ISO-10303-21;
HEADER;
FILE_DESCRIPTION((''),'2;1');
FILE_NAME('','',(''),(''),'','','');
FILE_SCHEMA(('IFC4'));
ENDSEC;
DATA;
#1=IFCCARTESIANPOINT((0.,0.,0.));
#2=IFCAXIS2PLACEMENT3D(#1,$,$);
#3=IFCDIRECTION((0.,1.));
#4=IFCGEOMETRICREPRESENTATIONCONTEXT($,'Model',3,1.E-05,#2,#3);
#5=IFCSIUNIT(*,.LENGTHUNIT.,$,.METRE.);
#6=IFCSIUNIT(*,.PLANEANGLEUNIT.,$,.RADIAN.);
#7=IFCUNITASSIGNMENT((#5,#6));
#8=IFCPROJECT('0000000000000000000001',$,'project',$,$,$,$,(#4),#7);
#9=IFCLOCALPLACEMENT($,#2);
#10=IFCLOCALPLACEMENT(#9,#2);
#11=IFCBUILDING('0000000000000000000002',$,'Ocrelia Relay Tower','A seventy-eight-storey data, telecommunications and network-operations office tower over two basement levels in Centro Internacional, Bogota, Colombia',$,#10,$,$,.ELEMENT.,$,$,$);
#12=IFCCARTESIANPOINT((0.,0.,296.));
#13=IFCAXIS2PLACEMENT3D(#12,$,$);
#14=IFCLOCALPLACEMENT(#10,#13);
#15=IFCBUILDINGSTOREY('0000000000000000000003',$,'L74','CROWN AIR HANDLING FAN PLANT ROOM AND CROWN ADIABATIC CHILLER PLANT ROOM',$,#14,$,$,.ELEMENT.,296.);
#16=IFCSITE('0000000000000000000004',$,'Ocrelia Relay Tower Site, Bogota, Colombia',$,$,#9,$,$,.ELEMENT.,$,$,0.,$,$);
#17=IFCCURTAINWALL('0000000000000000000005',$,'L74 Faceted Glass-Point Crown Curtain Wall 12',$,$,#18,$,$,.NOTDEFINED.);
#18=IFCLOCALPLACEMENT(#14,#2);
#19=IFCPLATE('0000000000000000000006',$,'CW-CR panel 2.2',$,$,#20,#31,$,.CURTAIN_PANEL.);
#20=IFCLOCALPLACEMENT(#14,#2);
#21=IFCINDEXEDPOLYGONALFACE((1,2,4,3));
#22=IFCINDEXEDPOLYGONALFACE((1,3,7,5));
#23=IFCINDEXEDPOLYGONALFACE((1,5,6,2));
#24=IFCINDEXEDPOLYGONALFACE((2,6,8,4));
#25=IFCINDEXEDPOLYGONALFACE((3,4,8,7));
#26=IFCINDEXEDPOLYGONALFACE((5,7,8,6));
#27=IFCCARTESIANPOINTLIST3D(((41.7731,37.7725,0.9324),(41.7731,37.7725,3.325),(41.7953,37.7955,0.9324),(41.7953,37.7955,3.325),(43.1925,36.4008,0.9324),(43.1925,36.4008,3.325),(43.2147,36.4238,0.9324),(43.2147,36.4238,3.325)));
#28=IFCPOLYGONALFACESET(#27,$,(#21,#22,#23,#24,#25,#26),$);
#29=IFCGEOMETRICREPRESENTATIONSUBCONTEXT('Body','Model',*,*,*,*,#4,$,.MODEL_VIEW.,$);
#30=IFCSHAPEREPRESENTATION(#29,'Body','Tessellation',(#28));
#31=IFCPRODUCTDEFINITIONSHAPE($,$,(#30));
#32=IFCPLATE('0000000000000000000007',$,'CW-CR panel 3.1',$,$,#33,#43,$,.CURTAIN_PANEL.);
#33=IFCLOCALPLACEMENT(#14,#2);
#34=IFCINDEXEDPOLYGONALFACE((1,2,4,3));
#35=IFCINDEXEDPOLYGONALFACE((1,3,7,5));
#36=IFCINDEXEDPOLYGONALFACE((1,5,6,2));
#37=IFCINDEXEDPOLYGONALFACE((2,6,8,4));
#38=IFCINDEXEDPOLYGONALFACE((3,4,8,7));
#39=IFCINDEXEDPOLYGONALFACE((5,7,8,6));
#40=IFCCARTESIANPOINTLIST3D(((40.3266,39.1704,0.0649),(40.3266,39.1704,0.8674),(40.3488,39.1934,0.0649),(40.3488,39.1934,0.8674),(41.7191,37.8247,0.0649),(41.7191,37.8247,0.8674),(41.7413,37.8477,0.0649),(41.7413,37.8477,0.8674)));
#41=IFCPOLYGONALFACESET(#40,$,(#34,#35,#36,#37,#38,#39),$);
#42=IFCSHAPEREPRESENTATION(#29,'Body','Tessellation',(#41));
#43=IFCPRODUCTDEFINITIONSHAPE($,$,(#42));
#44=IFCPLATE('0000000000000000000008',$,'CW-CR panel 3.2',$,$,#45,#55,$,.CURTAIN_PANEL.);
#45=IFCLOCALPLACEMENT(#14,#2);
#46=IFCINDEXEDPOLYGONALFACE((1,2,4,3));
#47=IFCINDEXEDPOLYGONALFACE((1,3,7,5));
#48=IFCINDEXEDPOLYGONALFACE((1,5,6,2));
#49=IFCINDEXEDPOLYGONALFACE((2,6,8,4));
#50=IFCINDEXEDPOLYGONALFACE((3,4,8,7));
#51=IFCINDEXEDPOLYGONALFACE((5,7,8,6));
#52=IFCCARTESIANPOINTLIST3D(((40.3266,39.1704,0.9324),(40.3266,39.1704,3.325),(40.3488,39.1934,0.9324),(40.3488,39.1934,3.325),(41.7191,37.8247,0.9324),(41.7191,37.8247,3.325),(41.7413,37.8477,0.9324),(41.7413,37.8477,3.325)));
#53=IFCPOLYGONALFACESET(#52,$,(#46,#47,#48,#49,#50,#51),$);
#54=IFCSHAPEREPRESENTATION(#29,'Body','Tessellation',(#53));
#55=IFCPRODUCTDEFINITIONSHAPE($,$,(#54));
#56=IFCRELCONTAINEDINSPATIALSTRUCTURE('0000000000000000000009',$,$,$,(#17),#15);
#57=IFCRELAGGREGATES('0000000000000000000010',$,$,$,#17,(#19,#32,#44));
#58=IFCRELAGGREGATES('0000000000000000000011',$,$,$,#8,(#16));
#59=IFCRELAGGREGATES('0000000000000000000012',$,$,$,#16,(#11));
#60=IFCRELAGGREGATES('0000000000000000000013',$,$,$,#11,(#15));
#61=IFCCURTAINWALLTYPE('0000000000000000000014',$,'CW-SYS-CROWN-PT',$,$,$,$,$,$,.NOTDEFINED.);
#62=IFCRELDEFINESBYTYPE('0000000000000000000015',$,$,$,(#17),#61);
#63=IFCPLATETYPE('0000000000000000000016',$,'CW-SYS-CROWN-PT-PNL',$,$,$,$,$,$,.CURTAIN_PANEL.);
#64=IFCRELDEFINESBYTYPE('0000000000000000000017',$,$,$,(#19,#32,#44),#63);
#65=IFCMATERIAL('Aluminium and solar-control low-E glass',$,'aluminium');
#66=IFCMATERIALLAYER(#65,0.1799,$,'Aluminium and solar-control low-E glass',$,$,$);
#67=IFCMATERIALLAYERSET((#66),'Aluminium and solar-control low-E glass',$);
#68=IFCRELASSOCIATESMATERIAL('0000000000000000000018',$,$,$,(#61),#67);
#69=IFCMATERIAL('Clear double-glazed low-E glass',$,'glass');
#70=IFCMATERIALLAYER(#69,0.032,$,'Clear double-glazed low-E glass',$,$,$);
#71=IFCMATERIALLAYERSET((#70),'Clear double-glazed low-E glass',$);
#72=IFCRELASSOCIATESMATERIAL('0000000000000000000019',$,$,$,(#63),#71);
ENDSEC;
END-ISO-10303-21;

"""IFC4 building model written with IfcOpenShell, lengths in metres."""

from ifc_helpers import new_model, si_unit, direction, frame, origin, origin_2d, place, context, subcontext, project, spatial, rectangle, extrude, material, layer, layer_set, type_object, element, aggregate, save


model = new_model("IFC4")

# Units and contexts
model_context = context("Model", 3, precision=1e-05, world=origin(), true_north=direction((0.0, 1.0)))
body_context = subcontext(model_context, "Body", "Model", "MODEL_VIEW")
ifc_project = project(units=[si_unit("LENGTHUNIT", "METRE"), si_unit("PLANEANGLEUNIT", "RADIAN")], contexts=[model_context])

# Site, building, storey
site_placement = place(None, origin())
site = spatial("IfcSite", under=ifc_project, at=site_placement, Name="Ocrelia Relay Tower Site, Bogota, Colombia", CompositionType="ELEMENT", RefElevation=0.0)
building_placement = place(site_placement, origin())
building = spatial("IfcBuilding", under=site, at=building_placement, Name="Ocrelia Relay Tower", Description="A seventy-eight-storey data, telecommunications and network-operations office tower over two basement levels in Centro Internacional, Bogota, Colombia", CompositionType="ELEMENT")
storey_placement = place(building_placement, frame((0.0, 0.0, 296.0)))
storey = spatial("IfcBuildingStorey", under=building, at=storey_placement, Name="L74", Description="CROWN AIR HANDLING FAN PLANT ROOM AND CROWN ADIABATIC CHILLER PLANT ROOM", CompositionType="ELEMENT", Elevation=296.0)

# Curtain wall
ifc_material_1 = material(Name="Aluminium and solar-control low-E glass", Category="aluminium")
ifc_layer_1 = layer(ifc_material_1, 0.1799, Name="Aluminium and solar-control low-E glass")
ifc_layer_set_1 = layer_set([ifc_layer_1], Name="Aluminium and solar-control low-E glass")
curtain_wall_type = type_object("IfcCurtainWallType", Name="CW-SYS-CROWN-PT", PredefinedType="NOTDEFINED", material=ifc_layer_set_1)
curtain_wall_1_placement = place(storey_placement, origin())
curtain_wall_1 = element("IfcCurtainWall", 1, at=curtain_wall_1_placement, inside=storey, type_object=curtain_wall_type, Name="L74 Faceted Glass-Point Crown Curtain Wall 12", PredefinedType="NOTDEFINED")

# Plates
ifc_material_2 = material(Name="Clear double-glazed low-E glass", Category="glass")
ifc_layer_2 = layer(ifc_material_2, 0.032, Name="Clear double-glazed low-E glass")
ifc_layer_set_2 = layer_set([ifc_layer_2], Name="Clear double-glazed low-E glass")
plate_type = type_object("IfcPlateType", Name="CW-SYS-CROWN-PT-PNL", PredefinedType="CURTAIN_PANEL", material=ifc_layer_set_2)
plate_1_placement = place(storey_placement, frame((42.4939, 37.0981, 0.9324), z_axis=(0.0, 0.0, 1.0), x_axis=(-0.719075, 0.694932, 0.0)))
plate_1 = element("IfcPlate", 2, at=plate_1_placement, type_object=plate_type, Name="CW-CR panel 2.2", PredefinedType="CURTAIN_PANEL", context=body_context, shape_type="SweptSolid", body=[
    extrude(rectangle(XDim=1.9739, YDim=0.032, at=origin_2d()), origin(), (0.0, 0.0, 1.0), 2.3926),
])
plate_2_placement = place(storey_placement, frame((41.0339, 38.509, 0.0649), z_axis=(0.0, 0.0, 1.0), x_axis=(-0.719075, 0.694932, 0.0)))
plate_2 = element("IfcPlate", 3, at=plate_2_placement, type_object=plate_type, Name="CW-CR panel 3.1", PredefinedType="CURTAIN_PANEL", context=body_context, shape_type="SweptSolid", body=[
    extrude(rectangle(XDim=1.9365, YDim=0.032, at=origin_2d()), origin(), (0.0, 0.0, 1.0), 0.8025),
])
plate_3_placement = place(storey_placement, frame((41.0339, 38.509, 0.9324), z_axis=(0.0, 0.0, 1.0), x_axis=(-0.719075, 0.694932, 0.0)))
plate_3 = element("IfcPlate", 4, at=plate_3_placement, type_object=plate_type, Name="CW-CR panel 3.2", PredefinedType="CURTAIN_PANEL", context=body_context, shape_type="SweptSolid", body=[
    extrude(rectangle(XDim=1.9365, YDim=0.032, at=origin_2d()), origin(), (0.0, 0.0, 1.0), 2.3926),
])
aggregate(curtain_wall_1, [plate_1, plate_2, plate_3])

save(model, "model.ifc")
